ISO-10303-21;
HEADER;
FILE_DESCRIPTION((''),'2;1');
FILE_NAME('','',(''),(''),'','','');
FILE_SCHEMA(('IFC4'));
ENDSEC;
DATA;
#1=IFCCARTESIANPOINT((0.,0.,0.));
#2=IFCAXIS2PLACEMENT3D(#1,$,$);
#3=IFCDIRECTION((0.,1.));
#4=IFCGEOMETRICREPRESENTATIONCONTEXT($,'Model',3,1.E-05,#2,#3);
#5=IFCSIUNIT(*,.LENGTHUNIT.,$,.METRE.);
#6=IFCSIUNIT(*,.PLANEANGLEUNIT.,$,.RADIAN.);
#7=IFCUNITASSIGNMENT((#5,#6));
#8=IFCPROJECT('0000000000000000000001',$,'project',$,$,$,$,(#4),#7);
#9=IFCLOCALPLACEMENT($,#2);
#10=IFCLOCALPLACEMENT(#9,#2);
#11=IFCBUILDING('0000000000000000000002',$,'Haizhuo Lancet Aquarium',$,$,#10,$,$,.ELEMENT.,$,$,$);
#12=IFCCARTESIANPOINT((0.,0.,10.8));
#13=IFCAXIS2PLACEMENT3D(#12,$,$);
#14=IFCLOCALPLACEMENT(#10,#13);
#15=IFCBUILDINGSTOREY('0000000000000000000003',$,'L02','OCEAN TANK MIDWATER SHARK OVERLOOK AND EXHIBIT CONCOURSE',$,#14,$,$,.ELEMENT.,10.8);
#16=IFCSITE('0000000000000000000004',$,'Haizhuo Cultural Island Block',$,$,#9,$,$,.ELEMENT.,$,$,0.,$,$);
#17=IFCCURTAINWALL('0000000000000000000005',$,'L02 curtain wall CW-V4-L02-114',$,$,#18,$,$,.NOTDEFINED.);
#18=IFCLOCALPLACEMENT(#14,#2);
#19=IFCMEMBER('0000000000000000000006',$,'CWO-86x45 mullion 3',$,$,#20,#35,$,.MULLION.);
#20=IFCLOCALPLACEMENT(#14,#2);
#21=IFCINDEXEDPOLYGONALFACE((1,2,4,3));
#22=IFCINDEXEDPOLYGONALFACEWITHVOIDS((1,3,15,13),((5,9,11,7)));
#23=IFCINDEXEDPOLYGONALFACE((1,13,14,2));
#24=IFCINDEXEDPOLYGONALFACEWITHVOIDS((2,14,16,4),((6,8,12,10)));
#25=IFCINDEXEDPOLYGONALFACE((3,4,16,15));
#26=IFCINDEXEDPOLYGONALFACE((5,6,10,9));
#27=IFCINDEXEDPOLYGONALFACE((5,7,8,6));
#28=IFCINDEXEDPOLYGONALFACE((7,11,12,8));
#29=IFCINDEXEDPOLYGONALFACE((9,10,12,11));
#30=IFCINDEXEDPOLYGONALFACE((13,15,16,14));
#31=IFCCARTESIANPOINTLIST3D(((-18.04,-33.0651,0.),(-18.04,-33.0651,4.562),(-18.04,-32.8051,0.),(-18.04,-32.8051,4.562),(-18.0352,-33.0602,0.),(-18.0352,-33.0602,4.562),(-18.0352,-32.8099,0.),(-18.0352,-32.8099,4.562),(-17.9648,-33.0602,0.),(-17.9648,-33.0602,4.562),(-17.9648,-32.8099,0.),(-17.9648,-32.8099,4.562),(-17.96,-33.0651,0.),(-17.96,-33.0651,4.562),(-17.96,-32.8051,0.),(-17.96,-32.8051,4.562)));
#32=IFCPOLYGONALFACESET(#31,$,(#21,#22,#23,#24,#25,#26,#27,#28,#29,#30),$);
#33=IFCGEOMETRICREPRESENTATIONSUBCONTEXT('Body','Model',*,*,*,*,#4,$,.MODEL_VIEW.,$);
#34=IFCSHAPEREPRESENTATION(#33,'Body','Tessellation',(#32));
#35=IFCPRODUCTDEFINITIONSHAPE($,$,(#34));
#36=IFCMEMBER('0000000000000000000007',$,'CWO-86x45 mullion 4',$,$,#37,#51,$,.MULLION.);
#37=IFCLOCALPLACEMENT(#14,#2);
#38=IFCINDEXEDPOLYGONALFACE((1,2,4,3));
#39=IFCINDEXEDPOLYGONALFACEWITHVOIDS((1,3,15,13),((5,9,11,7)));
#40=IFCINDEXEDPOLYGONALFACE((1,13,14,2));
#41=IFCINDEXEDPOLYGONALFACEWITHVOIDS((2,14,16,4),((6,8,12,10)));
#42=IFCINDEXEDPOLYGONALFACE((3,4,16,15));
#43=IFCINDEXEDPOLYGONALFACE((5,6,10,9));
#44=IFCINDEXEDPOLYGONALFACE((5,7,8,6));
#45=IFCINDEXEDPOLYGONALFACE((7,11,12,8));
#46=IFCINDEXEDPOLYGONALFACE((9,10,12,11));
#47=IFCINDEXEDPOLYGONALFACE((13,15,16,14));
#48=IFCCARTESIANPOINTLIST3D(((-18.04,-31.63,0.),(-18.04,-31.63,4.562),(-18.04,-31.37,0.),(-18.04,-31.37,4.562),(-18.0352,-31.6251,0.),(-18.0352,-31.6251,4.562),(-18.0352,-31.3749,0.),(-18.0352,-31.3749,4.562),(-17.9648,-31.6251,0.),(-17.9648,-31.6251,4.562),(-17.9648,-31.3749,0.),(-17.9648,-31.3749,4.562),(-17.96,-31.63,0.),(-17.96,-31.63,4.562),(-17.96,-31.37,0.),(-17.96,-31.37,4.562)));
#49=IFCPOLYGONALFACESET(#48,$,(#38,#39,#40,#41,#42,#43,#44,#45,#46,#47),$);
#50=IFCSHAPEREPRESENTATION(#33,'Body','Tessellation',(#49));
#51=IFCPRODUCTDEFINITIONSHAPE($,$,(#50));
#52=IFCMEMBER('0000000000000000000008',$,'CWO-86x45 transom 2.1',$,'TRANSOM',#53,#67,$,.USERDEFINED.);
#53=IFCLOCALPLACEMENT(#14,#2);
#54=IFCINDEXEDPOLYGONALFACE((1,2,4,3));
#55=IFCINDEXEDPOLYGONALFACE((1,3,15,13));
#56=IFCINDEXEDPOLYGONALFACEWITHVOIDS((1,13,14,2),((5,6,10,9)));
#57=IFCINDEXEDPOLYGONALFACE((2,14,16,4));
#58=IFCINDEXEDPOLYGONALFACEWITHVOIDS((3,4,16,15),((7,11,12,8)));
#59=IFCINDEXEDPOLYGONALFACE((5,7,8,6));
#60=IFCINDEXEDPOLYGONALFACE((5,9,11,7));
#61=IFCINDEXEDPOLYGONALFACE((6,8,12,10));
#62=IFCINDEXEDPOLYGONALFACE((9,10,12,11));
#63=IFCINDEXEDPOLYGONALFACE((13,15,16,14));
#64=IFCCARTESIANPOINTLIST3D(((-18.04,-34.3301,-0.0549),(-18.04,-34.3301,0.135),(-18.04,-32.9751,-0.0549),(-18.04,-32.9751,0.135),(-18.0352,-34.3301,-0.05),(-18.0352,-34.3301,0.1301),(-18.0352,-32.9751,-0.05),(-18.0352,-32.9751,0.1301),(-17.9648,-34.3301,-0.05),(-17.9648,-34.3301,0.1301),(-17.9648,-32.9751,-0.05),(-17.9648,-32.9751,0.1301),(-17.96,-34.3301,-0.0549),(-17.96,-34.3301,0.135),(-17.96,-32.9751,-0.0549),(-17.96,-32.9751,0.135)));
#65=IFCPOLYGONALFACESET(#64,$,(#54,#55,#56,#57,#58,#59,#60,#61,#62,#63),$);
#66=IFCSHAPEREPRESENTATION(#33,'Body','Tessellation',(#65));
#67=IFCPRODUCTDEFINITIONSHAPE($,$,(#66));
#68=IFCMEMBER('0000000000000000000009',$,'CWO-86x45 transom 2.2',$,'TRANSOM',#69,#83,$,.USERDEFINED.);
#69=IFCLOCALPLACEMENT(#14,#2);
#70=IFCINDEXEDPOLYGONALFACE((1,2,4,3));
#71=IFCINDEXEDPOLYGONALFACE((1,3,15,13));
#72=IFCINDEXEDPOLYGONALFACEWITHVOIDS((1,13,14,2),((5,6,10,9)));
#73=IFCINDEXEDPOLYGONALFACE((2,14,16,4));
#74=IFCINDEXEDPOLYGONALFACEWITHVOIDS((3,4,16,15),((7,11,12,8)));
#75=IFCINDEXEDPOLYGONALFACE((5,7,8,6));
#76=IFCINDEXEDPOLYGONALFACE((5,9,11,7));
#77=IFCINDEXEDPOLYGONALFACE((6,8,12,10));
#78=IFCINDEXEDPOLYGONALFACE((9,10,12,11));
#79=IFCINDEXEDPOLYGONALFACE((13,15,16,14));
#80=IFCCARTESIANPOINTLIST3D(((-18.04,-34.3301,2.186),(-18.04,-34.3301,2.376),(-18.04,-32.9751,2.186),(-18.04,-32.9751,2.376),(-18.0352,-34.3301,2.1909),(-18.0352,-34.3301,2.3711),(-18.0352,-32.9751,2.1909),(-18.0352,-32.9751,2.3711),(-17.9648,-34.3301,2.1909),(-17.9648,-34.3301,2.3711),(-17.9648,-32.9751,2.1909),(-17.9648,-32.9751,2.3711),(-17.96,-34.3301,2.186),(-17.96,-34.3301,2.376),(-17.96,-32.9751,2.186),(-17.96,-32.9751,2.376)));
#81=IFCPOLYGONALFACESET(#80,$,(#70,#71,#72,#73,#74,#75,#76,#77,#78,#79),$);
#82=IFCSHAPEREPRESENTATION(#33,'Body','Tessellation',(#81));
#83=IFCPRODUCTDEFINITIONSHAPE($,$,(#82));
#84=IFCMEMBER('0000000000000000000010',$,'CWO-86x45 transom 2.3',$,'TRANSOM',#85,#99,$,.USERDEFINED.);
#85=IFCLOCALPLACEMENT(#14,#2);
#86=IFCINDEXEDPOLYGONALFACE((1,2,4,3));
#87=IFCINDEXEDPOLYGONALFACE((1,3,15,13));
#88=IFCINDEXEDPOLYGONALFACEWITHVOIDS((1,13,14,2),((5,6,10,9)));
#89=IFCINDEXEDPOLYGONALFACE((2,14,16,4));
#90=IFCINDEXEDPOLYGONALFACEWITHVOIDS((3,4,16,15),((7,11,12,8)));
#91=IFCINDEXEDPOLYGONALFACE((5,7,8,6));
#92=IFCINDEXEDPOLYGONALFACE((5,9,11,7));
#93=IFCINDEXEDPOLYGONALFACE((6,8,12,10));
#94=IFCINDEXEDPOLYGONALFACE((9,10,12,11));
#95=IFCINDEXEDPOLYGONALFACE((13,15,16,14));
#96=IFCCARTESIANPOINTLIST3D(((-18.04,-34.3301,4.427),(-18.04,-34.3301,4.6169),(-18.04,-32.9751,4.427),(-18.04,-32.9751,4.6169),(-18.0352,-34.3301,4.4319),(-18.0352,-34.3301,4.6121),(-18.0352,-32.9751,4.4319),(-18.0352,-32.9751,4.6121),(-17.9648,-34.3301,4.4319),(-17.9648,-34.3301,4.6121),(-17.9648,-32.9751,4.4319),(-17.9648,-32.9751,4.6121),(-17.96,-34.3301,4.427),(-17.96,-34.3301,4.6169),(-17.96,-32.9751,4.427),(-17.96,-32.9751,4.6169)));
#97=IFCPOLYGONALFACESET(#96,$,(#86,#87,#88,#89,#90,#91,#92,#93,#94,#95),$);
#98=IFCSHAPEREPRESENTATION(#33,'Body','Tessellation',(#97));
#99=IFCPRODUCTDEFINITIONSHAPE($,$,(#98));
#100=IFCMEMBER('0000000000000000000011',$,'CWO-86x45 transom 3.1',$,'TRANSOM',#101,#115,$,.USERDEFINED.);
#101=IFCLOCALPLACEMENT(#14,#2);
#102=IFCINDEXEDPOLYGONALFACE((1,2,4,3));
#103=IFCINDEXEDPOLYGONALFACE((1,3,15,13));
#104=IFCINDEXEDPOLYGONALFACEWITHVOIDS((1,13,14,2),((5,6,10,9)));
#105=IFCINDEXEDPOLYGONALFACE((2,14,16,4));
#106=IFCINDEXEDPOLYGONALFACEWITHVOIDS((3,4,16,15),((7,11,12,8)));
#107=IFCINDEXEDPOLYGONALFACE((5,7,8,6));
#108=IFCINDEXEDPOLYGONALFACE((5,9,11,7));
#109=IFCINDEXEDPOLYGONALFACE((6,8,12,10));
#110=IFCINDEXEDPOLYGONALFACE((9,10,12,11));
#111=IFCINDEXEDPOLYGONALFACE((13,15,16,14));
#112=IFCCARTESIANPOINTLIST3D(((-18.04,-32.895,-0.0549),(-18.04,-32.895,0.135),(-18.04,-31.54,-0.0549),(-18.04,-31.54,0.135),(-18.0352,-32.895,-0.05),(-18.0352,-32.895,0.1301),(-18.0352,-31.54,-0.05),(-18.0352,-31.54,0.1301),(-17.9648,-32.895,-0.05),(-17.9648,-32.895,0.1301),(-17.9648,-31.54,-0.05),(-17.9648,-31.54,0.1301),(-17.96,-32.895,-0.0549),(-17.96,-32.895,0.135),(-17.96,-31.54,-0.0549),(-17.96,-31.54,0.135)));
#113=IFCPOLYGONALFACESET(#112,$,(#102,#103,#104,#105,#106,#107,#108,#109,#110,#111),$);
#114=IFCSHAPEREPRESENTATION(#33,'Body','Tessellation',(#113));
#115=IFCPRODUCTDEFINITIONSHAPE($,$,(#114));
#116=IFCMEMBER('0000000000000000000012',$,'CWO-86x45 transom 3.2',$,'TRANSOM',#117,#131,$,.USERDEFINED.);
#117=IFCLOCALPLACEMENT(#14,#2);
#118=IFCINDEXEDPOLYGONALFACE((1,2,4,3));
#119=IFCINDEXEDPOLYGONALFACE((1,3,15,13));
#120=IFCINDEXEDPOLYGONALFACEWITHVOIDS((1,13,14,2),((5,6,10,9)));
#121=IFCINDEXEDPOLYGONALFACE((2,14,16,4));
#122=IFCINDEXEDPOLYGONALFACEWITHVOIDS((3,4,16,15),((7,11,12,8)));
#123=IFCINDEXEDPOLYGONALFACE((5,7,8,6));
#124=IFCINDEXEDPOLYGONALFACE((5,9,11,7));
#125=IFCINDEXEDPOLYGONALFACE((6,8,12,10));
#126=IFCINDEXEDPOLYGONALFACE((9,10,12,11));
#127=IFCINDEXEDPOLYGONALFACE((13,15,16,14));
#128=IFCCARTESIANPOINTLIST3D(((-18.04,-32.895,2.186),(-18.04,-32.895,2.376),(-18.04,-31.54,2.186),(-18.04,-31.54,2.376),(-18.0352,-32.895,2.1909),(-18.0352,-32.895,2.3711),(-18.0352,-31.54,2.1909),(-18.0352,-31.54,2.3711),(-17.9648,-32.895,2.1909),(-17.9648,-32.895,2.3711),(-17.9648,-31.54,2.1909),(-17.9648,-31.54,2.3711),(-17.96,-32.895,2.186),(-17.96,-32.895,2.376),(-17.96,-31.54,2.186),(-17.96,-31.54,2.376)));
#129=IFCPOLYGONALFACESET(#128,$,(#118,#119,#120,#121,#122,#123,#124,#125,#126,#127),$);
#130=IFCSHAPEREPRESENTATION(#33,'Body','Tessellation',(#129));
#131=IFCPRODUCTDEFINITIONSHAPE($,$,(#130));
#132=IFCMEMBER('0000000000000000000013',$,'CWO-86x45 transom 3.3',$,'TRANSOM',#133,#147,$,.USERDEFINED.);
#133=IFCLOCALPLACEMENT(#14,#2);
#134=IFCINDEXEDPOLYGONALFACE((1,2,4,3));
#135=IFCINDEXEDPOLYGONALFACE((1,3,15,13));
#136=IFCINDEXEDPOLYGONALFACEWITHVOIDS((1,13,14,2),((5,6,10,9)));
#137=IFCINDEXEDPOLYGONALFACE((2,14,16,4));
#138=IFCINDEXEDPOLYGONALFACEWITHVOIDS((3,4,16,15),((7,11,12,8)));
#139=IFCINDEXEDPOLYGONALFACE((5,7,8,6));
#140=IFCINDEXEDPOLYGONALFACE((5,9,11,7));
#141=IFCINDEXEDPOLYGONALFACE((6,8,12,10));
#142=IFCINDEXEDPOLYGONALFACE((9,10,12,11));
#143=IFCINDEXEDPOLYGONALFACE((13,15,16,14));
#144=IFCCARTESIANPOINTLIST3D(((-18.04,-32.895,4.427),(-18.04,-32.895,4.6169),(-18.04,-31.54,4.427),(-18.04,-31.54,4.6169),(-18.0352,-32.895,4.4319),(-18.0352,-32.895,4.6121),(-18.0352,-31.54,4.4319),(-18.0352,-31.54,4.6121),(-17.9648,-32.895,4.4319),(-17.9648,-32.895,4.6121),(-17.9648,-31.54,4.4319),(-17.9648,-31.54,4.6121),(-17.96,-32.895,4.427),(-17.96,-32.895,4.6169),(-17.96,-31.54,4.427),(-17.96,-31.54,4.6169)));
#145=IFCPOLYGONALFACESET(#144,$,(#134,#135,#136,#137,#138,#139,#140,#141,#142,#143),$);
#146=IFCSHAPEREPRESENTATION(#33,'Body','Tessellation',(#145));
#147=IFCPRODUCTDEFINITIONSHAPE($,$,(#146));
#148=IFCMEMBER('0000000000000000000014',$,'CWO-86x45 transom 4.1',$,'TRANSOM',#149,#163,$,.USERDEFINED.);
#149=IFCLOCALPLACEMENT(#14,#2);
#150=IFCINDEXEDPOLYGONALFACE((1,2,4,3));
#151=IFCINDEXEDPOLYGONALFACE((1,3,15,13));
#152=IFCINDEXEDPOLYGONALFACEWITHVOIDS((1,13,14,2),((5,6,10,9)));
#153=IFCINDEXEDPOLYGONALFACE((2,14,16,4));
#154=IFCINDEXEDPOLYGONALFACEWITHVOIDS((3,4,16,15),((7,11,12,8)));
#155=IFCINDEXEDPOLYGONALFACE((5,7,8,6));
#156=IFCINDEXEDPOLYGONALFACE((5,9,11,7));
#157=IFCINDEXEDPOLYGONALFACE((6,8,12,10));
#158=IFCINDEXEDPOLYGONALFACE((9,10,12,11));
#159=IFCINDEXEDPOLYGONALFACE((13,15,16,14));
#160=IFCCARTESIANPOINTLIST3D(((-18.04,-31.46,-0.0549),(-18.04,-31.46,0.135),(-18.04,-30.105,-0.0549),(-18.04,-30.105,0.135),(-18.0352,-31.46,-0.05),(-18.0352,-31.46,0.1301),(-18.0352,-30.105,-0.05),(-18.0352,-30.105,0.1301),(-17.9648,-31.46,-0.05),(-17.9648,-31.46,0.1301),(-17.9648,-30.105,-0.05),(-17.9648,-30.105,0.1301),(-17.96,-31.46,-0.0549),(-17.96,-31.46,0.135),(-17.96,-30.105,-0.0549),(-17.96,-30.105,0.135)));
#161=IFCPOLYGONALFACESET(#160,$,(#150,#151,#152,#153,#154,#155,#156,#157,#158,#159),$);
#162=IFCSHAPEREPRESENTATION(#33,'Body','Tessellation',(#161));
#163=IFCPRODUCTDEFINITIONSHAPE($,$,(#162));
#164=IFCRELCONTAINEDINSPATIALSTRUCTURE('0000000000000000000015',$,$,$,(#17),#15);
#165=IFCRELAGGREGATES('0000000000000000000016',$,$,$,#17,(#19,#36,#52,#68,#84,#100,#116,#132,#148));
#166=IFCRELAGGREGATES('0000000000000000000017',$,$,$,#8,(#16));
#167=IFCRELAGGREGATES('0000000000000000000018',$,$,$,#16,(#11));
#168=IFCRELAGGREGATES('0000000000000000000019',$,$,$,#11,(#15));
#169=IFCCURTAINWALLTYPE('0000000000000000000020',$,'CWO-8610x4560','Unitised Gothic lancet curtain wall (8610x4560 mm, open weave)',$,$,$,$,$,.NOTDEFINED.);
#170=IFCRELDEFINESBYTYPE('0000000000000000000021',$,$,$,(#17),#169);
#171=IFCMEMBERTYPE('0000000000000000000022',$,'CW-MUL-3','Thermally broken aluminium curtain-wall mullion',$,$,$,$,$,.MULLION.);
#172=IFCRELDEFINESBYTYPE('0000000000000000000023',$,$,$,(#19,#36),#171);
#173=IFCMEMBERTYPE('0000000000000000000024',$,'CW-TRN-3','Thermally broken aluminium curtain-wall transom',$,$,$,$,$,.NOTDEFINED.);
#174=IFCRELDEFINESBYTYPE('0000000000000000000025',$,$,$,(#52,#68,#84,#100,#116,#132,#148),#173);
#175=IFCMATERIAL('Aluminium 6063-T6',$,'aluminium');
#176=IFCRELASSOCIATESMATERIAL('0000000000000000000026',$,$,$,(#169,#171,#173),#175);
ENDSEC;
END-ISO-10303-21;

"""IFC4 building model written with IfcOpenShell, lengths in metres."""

from ifc_helpers import new_model, si_unit, direction, frame, origin, origin_2d, place, context, subcontext, project, spatial, hollow_rectangle, extrude, material, material_profile, profile_set, type_object, element, aggregate, save


model = new_model("IFC4")

# Units and contexts
model_context = context("Model", 3, precision=1e-05, world=origin(), true_north=direction((0.0, 1.0)))
body_context = subcontext(model_context, "Body", "Model", "MODEL_VIEW")
ifc_project = project(units=[si_unit("LENGTHUNIT", "METRE"), si_unit("PLANEANGLEUNIT", "RADIAN")], contexts=[model_context])

# Site, building, storey
site_placement = place(None, origin())
site = spatial("IfcSite", under=ifc_project, at=site_placement, Name="Haizhuo Cultural Island Block", CompositionType="ELEMENT", RefElevation=0.0)
building_placement = place(site_placement, origin())
building = spatial("IfcBuilding", under=site, at=building_placement, Name="Haizhuo Lancet Aquarium", CompositionType="ELEMENT")
storey_placement = place(building_placement, frame((0.0, 0.0, 10.8)))
storey = spatial("IfcBuildingStorey", under=building, at=storey_placement, Name="L02", Description="OCEAN TANK MIDWATER SHARK OVERLOOK AND EXHIBIT CONCOURSE", CompositionType="ELEMENT", Elevation=10.8)

# Curtain wall, members
ifc_material_1 = material(Name="Aluminium 6063-T6", Category="aluminium")
curtain_wall_type = type_object("IfcCurtainWallType", Name="CWO-8610x4560", Description="Unitised Gothic lancet curtain wall (8610x4560 mm, open weave)", PredefinedType="NOTDEFINED", material=ifc_material_1)
curtain_wall_placement = place(storey_placement, origin())
curtain_wall = element("IfcCurtainWall", 1, at=curtain_wall_placement, inside=storey, type_object=curtain_wall_type, Name="L02 curtain wall CW-V4-L02-114", PredefinedType="NOTDEFINED")
ifc_material_profile_1 = material_profile(ifc_material_1, hollow_rectangle(XDim=0.0801, YDim=0.26, WallThickness=0.0049, at=origin_2d()), Name="ALU-M 80x260x5")
ifc_profile_set_1 = profile_set([ifc_material_profile_1], Name="Aluminium 6063-T6")
member_type_1 = type_object("IfcMemberType", Name="CW-MUL-3", Description="Thermally broken aluminium curtain-wall mullion", PredefinedType="MULLION", material=ifc_profile_set_1)
member_1_placement = place(storey_placement, frame((-18.0, -32.9351, 0.0), z_axis=(0.0, 0.0, 1.0), x_axis=(-1.0, 0.0, 0.0)))
member_1 = element("IfcMember", 2, at=member_1_placement, type_object=member_type_1, Name="CWO-86x45 mullion 3", PredefinedType="MULLION", context=body_context, shape_type="SweptSolid", body=[
    extrude(hollow_rectangle(XDim=0.0801, YDim=0.26, WallThickness=0.0049, at=origin_2d()), origin(), (0.0, 0.0, 1.0), 4.562),
])
member_2_placement = place(storey_placement, frame((-18.0, -31.5, 0.0), z_axis=(0.0, 0.0, 1.0), x_axis=(-1.0, 0.0, 0.0)))
member_2 = element("IfcMember", 3, at=member_2_placement, type_object=member_type_1, Name="CWO-86x45 mullion 4", PredefinedType="MULLION", context=body_context, shape_type="SweptSolid", body=[
    extrude(hollow_rectangle(XDim=0.0801, YDim=0.26, WallThickness=0.0049, at=origin_2d()), origin(), (0.0, 0.0, 1.0), 4.562),
])
ifc_material_profile_2 = material_profile(ifc_material_1, hollow_rectangle(XDim=0.0801, YDim=0.1899, WallThickness=0.0049, at=origin_2d()), Name="ALU-T 80x190x5")
ifc_profile_set_2 = profile_set([ifc_material_profile_2], Name="Aluminium 6063-T6")
member_type_2 = type_object("IfcMemberType", Name="CW-TRN-3", Description="Thermally broken aluminium curtain-wall transom", PredefinedType="NOTDEFINED", material=ifc_profile_set_2)
member_3_placement = place(storey_placement, frame((-18.0, -34.3301, 0.04), z_axis=(0.0, 1.0, 0.0), x_axis=(-1.0, 0.0, 0.0)))
member_3 = element("IfcMember", 4, at=member_3_placement, type_object=member_type_2, Name="CWO-86x45 transom 2.1", ObjectType="TRANSOM", PredefinedType="USERDEFINED", context=body_context, shape_type="SweptSolid", body=[
    extrude(hollow_rectangle(XDim=0.0801, YDim=0.1899, WallThickness=0.0049, at=origin_2d()), origin(), (0.0, 0.0, 1.0), 1.355),
])
member_4_placement = place(storey_placement, frame((-18.0, -34.3301, 2.281), z_axis=(0.0, 1.0, 0.0), x_axis=(-1.0, 0.0, 0.0)))
member_4 = element("IfcMember", 5, at=member_4_placement, type_object=member_type_2, Name="CWO-86x45 transom 2.2", ObjectType="TRANSOM", PredefinedType="USERDEFINED", context=body_context, shape_type="SweptSolid", body=[
    extrude(hollow_rectangle(XDim=0.0801, YDim=0.1899, WallThickness=0.0049, at=origin_2d()), origin(), (0.0, 0.0, 1.0), 1.355),
])
member_5_placement = place(storey_placement, frame((-18.0, -34.3301, 4.522), z_axis=(0.0, 1.0, 0.0), x_axis=(-1.0, 0.0, 0.0)))
member_5 = element("IfcMember", 6, at=member_5_placement, type_object=member_type_2, Name="CWO-86x45 transom 2.3", ObjectType="TRANSOM", PredefinedType="USERDEFINED", context=body_context, shape_type="SweptSolid", body=[
    extrude(hollow_rectangle(XDim=0.0801, YDim=0.1899, WallThickness=0.0049, at=origin_2d()), origin(), (0.0, 0.0, 1.0), 1.355),
])
member_6_placement = place(storey_placement, frame((-18.0, -32.895, 0.04), z_axis=(0.0, 1.0, 0.0), x_axis=(-1.0, 0.0, 0.0)))
member_6 = element("IfcMember", 7, at=member_6_placement, type_object=member_type_2, Name="CWO-86x45 transom 3.1", ObjectType="TRANSOM", PredefinedType="USERDEFINED", context=body_context, shape_type="SweptSolid", body=[
    extrude(hollow_rectangle(XDim=0.0801, YDim=0.1899, WallThickness=0.0049, at=origin_2d()), origin(), (0.0, 0.0, 1.0), 1.355),
])
member_7_placement = place(storey_placement, frame((-18.0, -32.895, 2.281), z_axis=(0.0, 1.0, 0.0), x_axis=(-1.0, 0.0, 0.0)))
member_7 = element("IfcMember", 8, at=member_7_placement, type_object=member_type_2, Name="CWO-86x45 transom 3.2", ObjectType="TRANSOM", PredefinedType="USERDEFINED", context=body_context, shape_type="SweptSolid", body=[
    extrude(hollow_rectangle(XDim=0.0801, YDim=0.1899, WallThickness=0.0049, at=origin_2d()), origin(), (0.0, 0.0, 1.0), 1.355),
])
member_8_placement = place(storey_placement, frame((-18.0, -32.895, 4.522), z_axis=(0.0, 1.0, 0.0), x_axis=(-1.0, 0.0, 0.0)))
member_8 = element("IfcMember", 9, at=member_8_placement, type_object=member_type_2, Name="CWO-86x45 transom 3.3", ObjectType="TRANSOM", PredefinedType="USERDEFINED", context=body_context, shape_type="SweptSolid", body=[
    extrude(hollow_rectangle(XDim=0.0801, YDim=0.1899, WallThickness=0.0049, at=origin_2d()), origin(), (0.0, 0.0, 1.0), 1.355),
])
member_9_placement = place(storey_placement, frame((-18.0, -31.46, 0.04), z_axis=(0.0, 1.0, 0.0), x_axis=(-1.0, 0.0, 0.0)))
member_9 = element("IfcMember", 10, at=member_9_placement, type_object=member_type_2, Name="CWO-86x45 transom 4.1", ObjectType="TRANSOM", PredefinedType="USERDEFINED", context=body_context, shape_type="SweptSolid", body=[
    extrude(hollow_rectangle(XDim=0.0801, YDim=0.1899, WallThickness=0.0049, at=origin_2d()), origin(), (0.0, 0.0, 1.0), 1.355),
])

aggregate(curtain_wall, [member_1, member_2, member_3, member_4, member_5, member_6, member_7, member_8, member_9])

save(model, "model.ifc")
